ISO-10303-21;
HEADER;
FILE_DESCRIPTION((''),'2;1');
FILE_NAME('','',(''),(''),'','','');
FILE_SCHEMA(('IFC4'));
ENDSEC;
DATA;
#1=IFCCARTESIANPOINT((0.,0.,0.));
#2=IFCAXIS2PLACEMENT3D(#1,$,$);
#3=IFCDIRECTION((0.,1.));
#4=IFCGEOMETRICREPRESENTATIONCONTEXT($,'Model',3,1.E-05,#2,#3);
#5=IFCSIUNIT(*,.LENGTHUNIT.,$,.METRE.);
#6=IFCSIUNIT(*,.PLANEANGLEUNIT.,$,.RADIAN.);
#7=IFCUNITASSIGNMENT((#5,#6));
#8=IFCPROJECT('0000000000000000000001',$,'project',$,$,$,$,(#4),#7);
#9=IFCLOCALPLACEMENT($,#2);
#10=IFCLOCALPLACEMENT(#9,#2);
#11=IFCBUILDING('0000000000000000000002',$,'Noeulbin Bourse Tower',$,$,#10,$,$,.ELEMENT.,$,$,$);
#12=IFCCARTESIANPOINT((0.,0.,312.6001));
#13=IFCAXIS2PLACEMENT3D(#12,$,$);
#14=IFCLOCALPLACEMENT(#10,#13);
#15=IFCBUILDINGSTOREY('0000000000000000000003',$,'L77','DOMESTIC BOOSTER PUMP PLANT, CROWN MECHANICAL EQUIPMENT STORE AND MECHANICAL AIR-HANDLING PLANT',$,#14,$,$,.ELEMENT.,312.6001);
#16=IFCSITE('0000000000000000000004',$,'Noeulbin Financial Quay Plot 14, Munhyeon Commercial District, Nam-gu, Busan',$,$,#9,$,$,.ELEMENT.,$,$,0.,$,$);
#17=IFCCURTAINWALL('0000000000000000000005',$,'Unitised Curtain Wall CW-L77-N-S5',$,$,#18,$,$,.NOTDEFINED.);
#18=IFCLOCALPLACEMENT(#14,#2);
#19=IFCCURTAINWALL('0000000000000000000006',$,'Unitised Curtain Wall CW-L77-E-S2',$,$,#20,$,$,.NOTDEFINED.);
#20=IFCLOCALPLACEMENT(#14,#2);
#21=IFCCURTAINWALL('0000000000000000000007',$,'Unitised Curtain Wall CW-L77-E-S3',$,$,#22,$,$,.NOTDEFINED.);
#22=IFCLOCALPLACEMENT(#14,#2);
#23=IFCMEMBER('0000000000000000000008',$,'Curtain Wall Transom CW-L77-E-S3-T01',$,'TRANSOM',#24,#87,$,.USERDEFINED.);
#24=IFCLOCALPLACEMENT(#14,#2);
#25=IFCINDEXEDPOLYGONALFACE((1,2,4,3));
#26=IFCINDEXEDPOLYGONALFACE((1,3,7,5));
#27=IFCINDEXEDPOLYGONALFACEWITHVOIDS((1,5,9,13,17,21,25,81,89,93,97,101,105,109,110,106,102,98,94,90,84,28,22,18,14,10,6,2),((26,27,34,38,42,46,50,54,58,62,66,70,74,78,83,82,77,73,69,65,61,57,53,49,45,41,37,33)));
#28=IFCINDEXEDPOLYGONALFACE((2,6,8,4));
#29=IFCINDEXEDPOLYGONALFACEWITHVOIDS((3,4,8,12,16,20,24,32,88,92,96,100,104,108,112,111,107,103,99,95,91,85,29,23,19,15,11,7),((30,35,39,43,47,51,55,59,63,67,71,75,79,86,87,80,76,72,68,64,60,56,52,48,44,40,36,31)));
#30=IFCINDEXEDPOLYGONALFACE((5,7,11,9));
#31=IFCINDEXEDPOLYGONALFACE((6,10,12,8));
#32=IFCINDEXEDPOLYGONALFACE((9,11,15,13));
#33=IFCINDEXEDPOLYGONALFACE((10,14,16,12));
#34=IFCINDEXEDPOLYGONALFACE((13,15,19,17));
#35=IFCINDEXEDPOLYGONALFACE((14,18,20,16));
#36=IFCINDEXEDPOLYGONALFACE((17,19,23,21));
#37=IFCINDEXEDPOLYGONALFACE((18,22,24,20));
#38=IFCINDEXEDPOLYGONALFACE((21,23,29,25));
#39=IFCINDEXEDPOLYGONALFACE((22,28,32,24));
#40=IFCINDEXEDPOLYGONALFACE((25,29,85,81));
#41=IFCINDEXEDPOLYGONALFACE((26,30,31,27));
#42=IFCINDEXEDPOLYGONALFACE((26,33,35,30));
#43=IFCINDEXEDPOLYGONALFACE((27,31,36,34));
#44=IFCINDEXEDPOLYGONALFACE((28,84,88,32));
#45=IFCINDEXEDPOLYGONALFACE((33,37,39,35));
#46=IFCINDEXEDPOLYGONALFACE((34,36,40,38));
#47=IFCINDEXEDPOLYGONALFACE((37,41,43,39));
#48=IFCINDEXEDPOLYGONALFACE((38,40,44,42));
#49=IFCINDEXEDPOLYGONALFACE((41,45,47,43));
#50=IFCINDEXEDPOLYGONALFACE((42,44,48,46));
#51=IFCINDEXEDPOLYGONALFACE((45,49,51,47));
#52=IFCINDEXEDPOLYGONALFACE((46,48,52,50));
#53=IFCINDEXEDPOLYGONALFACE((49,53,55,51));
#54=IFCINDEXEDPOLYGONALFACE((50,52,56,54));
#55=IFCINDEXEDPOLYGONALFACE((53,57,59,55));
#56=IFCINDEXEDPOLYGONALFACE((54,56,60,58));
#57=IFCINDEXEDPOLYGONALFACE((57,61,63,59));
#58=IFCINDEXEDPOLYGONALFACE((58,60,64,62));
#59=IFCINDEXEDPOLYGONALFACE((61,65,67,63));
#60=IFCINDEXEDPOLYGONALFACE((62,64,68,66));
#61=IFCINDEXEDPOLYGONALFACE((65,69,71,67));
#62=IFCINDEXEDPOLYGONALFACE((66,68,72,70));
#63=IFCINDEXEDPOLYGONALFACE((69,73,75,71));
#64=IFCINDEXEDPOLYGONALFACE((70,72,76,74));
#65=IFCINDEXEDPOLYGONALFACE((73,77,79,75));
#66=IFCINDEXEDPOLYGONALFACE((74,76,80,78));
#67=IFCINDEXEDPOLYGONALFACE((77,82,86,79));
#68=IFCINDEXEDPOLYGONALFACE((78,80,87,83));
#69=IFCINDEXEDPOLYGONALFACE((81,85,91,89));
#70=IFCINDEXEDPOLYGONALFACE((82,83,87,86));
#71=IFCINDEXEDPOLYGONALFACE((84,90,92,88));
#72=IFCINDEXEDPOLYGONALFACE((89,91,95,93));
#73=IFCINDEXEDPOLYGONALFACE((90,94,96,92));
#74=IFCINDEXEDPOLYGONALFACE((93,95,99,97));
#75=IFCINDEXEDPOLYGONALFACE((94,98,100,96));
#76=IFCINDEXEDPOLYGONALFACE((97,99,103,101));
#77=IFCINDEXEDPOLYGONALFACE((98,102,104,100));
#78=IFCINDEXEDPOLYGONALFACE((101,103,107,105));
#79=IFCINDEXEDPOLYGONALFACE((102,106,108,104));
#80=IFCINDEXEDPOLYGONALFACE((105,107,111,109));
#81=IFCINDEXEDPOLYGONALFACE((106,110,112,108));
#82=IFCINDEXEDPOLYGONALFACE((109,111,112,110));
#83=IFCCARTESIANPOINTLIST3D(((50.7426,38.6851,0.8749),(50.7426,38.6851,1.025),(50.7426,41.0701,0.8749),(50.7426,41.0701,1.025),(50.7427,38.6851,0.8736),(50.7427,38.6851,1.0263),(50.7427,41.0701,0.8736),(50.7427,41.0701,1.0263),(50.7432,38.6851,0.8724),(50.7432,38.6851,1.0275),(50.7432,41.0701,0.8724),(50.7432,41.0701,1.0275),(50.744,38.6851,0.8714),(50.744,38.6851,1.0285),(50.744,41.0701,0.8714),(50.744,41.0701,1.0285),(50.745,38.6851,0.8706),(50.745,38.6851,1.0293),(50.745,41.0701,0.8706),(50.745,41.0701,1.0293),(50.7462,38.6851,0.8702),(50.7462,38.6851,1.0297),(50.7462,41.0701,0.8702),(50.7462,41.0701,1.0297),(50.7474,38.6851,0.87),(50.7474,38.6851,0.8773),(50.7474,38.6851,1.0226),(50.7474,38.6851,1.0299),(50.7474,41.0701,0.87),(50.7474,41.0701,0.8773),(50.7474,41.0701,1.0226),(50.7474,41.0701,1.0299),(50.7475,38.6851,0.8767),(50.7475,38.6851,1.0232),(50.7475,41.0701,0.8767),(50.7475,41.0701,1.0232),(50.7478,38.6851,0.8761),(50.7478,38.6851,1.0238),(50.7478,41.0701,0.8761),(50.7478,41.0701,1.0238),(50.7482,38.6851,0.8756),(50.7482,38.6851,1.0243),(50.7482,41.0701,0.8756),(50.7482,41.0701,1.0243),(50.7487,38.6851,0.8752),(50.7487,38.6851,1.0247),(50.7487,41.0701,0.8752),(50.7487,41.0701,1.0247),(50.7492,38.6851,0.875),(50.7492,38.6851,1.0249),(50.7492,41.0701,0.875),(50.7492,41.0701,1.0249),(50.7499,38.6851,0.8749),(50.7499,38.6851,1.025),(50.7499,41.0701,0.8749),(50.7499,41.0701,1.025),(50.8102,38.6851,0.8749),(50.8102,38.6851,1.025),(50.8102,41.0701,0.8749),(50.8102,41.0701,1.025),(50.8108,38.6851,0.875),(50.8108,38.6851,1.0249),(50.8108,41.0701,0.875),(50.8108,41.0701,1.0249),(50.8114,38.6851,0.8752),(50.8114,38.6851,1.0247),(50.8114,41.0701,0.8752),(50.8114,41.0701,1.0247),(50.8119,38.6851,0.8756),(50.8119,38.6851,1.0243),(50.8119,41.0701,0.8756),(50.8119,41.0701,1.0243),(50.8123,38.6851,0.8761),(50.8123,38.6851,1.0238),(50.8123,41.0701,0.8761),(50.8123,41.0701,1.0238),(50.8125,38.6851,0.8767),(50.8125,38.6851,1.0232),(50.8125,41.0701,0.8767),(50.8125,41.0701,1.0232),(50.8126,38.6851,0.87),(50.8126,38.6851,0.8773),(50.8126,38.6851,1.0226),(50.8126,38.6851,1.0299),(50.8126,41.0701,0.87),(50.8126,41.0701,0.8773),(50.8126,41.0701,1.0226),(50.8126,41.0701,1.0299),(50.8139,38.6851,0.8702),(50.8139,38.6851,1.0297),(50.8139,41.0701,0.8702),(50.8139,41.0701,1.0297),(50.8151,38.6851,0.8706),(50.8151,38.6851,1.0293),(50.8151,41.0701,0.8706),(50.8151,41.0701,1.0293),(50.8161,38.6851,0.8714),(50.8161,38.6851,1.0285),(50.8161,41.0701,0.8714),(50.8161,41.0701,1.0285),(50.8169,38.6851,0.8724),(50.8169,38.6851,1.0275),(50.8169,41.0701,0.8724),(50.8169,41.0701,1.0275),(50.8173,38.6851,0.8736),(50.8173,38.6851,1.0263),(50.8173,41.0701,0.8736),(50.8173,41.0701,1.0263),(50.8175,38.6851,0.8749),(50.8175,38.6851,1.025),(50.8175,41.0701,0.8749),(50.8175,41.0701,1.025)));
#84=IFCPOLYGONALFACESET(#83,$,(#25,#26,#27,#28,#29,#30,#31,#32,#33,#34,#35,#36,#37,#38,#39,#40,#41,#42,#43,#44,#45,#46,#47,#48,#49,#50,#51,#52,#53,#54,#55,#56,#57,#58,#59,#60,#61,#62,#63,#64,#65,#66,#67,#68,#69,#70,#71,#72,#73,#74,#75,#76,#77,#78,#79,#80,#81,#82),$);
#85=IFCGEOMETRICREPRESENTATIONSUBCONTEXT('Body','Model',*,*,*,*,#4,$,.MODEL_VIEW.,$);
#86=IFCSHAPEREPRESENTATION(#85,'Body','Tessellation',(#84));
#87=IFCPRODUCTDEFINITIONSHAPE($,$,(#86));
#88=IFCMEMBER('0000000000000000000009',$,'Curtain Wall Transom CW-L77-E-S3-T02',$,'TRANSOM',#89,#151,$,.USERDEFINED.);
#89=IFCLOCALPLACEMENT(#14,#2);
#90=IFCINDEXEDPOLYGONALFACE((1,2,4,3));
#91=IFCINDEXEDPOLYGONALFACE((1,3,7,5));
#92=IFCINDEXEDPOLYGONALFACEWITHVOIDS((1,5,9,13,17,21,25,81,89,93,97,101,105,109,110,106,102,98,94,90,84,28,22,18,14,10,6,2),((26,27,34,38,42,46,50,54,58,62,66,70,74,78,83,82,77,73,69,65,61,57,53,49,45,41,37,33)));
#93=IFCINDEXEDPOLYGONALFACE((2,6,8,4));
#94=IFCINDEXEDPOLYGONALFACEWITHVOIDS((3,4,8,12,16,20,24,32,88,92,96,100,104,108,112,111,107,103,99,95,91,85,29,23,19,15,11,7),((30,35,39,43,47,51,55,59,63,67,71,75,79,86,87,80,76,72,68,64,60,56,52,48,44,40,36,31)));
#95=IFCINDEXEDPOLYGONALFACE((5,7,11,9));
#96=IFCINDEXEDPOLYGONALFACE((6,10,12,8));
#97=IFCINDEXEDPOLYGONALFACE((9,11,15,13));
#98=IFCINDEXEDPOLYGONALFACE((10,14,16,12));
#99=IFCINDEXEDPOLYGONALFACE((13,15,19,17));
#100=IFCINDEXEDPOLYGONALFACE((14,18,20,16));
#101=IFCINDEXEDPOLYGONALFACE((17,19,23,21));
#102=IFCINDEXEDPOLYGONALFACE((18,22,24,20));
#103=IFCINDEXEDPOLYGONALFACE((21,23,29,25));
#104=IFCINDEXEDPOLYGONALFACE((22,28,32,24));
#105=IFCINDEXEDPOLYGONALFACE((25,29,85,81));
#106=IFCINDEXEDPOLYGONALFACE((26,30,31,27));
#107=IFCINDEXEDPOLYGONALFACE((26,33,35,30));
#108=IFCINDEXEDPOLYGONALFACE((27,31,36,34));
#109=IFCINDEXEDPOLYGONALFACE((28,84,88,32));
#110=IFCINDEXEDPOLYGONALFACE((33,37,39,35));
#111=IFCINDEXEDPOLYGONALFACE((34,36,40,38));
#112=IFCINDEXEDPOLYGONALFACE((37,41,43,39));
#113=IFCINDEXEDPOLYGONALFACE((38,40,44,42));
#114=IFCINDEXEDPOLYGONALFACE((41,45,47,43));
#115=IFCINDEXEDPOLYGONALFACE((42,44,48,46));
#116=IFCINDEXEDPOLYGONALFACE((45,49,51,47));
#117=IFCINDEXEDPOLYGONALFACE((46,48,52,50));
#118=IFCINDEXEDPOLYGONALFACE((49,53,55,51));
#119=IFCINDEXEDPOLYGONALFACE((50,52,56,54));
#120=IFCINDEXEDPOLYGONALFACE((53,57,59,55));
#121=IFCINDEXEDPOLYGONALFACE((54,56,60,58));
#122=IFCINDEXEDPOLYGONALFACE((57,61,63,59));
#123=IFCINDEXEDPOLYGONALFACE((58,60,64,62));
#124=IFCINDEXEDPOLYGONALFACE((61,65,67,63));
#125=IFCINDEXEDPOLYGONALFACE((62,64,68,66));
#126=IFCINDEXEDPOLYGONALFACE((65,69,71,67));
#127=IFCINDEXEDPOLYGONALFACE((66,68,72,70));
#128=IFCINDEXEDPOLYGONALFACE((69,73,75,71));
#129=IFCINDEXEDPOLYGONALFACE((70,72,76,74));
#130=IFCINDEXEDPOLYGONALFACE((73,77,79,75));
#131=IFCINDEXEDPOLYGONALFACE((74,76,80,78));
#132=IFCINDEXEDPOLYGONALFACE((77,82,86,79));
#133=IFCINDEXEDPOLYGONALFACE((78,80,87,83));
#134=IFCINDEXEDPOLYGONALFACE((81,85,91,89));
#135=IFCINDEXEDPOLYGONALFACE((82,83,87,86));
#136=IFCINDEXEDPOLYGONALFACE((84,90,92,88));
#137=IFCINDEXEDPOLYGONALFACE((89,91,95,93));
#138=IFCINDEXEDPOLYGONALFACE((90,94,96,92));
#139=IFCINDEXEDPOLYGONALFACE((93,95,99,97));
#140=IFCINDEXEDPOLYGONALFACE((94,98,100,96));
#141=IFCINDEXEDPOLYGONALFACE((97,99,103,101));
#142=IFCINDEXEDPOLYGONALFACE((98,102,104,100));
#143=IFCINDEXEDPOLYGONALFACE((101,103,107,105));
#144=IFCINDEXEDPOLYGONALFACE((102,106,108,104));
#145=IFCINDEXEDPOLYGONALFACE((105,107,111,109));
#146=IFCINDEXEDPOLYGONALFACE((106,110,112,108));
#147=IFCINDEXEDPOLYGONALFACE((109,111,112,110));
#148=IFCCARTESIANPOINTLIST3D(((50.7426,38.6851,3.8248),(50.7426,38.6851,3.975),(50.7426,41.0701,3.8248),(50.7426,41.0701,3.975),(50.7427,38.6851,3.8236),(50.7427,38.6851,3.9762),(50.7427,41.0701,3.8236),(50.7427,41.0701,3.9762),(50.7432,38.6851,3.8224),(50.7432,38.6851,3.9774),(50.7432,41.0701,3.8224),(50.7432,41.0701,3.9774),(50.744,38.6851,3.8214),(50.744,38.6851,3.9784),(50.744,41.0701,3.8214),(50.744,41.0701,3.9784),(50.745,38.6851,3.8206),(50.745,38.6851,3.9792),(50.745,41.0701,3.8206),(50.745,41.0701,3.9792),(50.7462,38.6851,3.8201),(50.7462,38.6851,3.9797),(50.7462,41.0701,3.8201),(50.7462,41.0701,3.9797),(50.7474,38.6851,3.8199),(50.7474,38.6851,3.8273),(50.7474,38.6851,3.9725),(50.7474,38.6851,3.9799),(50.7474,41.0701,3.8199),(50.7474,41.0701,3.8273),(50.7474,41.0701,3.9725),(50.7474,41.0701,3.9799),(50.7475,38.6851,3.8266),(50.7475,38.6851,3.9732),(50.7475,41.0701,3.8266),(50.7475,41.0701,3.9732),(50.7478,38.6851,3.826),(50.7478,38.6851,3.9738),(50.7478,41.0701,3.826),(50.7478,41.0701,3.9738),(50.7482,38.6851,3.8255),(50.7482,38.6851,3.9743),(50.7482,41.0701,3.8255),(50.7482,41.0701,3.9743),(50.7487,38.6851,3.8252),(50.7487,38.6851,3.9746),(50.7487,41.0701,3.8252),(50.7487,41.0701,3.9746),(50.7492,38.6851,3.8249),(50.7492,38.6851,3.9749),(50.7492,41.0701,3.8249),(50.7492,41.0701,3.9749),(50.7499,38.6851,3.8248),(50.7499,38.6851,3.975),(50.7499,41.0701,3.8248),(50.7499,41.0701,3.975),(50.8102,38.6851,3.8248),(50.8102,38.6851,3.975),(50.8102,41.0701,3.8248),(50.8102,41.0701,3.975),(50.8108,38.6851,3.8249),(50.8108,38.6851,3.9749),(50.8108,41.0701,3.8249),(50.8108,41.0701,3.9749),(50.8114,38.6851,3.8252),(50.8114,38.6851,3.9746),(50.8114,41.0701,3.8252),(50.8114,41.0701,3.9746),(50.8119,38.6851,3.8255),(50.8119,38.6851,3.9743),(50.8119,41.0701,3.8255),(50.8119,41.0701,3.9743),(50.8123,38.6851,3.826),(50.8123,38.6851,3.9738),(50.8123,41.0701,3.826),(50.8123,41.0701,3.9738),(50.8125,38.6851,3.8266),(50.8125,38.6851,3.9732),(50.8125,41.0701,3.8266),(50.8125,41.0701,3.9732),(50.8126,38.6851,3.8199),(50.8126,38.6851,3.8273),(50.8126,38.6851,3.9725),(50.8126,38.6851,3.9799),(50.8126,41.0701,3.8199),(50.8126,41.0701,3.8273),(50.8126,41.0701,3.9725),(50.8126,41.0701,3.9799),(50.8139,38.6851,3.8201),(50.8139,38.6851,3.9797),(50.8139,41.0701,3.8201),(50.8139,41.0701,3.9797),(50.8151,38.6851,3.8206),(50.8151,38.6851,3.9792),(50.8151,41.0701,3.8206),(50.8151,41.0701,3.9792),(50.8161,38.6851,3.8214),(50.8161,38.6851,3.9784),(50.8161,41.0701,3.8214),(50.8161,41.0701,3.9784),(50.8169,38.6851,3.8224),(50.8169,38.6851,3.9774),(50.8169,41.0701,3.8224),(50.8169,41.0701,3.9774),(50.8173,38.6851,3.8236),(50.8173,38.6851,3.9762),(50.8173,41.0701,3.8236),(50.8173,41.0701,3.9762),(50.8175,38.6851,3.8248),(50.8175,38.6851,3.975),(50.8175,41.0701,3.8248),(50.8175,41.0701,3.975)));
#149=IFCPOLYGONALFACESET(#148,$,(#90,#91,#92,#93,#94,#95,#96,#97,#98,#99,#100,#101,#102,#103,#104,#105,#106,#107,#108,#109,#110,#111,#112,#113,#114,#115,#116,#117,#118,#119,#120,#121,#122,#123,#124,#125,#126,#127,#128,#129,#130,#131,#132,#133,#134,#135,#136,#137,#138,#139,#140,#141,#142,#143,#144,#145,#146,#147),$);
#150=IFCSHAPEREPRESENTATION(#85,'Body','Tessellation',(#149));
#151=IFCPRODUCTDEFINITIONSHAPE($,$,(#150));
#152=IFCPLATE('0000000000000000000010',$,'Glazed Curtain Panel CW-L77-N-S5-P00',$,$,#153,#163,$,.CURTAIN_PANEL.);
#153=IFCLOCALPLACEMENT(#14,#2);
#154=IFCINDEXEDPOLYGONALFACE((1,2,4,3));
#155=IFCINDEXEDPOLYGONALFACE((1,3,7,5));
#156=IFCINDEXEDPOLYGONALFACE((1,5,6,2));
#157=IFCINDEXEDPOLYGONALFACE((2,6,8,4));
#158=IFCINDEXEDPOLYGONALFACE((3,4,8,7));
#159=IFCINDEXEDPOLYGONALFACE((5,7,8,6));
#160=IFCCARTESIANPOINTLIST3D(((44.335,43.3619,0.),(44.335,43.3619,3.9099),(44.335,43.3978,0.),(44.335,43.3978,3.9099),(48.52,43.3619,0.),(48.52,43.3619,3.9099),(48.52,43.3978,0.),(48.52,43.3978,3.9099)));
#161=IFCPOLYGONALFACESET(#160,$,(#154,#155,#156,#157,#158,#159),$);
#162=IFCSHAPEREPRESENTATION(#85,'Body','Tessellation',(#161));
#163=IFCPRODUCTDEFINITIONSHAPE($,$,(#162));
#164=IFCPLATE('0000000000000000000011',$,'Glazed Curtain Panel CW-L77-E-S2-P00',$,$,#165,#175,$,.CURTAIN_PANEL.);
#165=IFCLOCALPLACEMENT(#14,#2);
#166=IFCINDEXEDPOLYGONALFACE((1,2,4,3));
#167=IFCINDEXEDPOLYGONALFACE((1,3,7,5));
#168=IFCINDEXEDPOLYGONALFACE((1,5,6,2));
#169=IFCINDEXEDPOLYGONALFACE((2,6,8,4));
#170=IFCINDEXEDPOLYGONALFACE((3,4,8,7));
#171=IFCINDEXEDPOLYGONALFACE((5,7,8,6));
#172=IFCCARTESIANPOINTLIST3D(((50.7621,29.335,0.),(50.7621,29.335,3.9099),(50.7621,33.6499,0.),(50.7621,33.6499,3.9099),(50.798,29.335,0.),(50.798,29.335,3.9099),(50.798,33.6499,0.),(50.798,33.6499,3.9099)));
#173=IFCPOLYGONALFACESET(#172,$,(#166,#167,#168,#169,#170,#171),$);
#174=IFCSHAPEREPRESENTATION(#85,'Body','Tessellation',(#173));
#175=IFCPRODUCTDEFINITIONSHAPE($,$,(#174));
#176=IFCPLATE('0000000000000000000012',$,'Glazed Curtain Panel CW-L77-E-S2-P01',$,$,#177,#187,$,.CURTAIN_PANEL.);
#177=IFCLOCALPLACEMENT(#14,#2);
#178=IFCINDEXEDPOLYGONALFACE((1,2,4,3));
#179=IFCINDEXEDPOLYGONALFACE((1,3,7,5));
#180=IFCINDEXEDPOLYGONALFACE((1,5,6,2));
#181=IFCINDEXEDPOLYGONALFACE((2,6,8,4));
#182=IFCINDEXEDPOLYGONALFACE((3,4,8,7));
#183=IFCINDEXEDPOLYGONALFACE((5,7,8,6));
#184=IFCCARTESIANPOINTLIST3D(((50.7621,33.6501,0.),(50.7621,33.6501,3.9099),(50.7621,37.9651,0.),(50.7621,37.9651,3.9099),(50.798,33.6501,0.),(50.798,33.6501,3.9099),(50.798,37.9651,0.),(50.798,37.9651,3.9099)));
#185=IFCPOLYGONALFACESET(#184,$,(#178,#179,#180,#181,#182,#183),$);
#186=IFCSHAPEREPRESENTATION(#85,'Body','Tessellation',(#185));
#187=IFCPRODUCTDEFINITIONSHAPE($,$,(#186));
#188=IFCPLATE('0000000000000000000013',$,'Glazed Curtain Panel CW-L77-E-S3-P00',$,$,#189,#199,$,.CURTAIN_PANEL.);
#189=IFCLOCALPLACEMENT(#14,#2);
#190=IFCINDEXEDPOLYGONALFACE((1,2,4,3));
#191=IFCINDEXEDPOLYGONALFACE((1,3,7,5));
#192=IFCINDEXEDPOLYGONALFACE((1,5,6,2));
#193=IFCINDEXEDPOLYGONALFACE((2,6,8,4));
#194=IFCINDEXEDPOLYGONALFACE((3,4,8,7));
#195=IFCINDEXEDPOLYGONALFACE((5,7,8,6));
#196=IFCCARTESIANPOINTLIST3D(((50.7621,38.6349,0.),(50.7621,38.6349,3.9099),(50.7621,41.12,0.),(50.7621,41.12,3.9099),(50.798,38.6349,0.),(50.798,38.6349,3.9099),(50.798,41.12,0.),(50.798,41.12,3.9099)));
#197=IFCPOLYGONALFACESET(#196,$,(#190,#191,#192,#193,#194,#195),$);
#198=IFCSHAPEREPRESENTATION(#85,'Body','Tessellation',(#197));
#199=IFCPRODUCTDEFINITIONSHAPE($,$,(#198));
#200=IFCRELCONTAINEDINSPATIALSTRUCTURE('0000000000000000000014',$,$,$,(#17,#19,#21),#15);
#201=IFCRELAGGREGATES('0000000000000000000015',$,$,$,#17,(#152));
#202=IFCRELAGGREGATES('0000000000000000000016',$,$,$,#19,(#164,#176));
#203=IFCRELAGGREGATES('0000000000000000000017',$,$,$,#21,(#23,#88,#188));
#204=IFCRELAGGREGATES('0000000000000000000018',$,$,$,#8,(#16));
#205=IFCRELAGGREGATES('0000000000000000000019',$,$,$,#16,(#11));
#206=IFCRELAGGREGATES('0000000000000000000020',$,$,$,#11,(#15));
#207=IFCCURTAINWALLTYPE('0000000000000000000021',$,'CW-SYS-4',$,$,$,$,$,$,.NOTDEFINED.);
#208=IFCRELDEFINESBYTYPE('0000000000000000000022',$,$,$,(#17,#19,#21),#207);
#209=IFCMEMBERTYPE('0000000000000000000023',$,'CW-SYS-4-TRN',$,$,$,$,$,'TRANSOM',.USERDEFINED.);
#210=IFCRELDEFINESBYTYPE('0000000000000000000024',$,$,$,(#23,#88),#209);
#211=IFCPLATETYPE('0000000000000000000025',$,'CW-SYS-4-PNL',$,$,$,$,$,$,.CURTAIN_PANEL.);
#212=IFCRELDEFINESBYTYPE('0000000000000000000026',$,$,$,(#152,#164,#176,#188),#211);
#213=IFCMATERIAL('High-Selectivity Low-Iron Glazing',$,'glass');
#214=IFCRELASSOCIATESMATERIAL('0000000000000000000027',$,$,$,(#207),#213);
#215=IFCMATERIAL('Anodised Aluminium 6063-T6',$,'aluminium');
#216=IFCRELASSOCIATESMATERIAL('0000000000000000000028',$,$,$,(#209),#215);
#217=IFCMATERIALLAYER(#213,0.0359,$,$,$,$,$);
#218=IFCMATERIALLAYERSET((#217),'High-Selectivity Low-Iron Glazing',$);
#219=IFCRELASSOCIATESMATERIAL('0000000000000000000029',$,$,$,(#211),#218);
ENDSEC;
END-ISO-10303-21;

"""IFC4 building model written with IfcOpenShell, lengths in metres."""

from ifc_helpers import new_model, si_unit, direction, frame, origin, origin_2d, place, context, subcontext, project, spatial, rectangle, hollow_rectangle, extrude, material, layer, layer_set, material_profile, profile_set, type_object, element, aggregate, save


model = new_model("IFC4")

# Units and contexts
model_context = context("Model", 3, precision=1e-05, world=origin(), true_north=direction((0.0, 1.0)))
body_context = subcontext(model_context, "Body", "Model", "MODEL_VIEW")
ifc_project = project(units=[si_unit("LENGTHUNIT", "METRE"), si_unit("PLANEANGLEUNIT", "RADIAN")], contexts=[model_context])

# Site, building, storey
site_placement = place(None, origin())
site = spatial("IfcSite", under=ifc_project, at=site_placement, Name="Noeulbin Financial Quay Plot 14, Munhyeon Commercial District, Nam-gu, Busan", CompositionType="ELEMENT", RefElevation=0.0)
building_placement = place(site_placement, origin())
building = spatial("IfcBuilding", under=site, at=building_placement, Name="Noeulbin Bourse Tower", CompositionType="ELEMENT")
storey_placement = place(building_placement, frame((0.0, 0.0, 312.6001)))
storey = spatial("IfcBuildingStorey", under=building, at=storey_placement, Name="L77", Description="DOMESTIC BOOSTER PUMP PLANT, CROWN MECHANICAL EQUIPMENT STORE AND MECHANICAL AIR-HANDLING PLANT", CompositionType="ELEMENT", Elevation=312.6001)

# Shared definitions
ifc_material_1 = material(Name="High-Selectivity Low-Iron Glazing", Category="glass")
curtain_wall_type = type_object("IfcCurtainWallType", Name="CW-SYS-4", PredefinedType="NOTDEFINED", material=ifc_material_1)
ifc_material_2 = material(Name="Anodised Aluminium 6063-T6", Category="aluminium")

# Curtain walls
curtain_wall_1_placement = place(storey_placement, origin())
curtain_wall_1 = element("IfcCurtainWall", 1, at=curtain_wall_1_placement, inside=storey, type_object=curtain_wall_type, Name="Unitised Curtain Wall CW-L77-N-S5", PredefinedType="NOTDEFINED")
curtain_wall_2_placement = place(storey_placement, origin())
curtain_wall_2 = element("IfcCurtainWall", 2, at=curtain_wall_2_placement, inside=storey, type_object=curtain_wall_type, Name="Unitised Curtain Wall CW-L77-E-S2", PredefinedType="NOTDEFINED")
curtain_wall_3_placement = place(storey_placement, origin())
curtain_wall_3 = element("IfcCurtainWall", 3, at=curtain_wall_3_placement, inside=storey, type_object=curtain_wall_type, Name="Unitised Curtain Wall CW-L77-E-S3", PredefinedType="NOTDEFINED")

# Members
ifc_material_profile_1 = material_profile(ifc_material_2, hollow_rectangle(XDim=0.075, YDim=0.1599, WallThickness=0.0049, InnerFilletRadius=0.0024, OuterFilletRadius=0.0049, at=origin_2d()), Name="ALU-TRAN-75x160x5", Category="LoadBearing")
ifc_profile_set_1 = profile_set([ifc_material_profile_1], Name="Anodised Aluminium 6063-T6")
member_type_1 = type_object("IfcMemberType", Name="CW-SYS-4-TRN", ElementType="TRANSOM", PredefinedType="USERDEFINED", material=ifc_profile_set_1)
member_1_placement = place(storey_placement, frame((50.78, 38.6851, 0.95), z_axis=(0.0, 1.0, 0.0), x_axis=(-1.0, 0.0, 0.0)))
member_1 = element("IfcMember", 4, at=member_1_placement, type_object=member_type_1, Name="Curtain Wall Transom CW-L77-E-S3-T01", ObjectType="TRANSOM", PredefinedType="USERDEFINED", context=body_context, shape_type="SweptSolid", body=[
    extrude(hollow_rectangle(XDim=0.075, YDim=0.1599, WallThickness=0.0049, InnerFilletRadius=0.0024, OuterFilletRadius=0.0049, at=origin_2d()), origin(), (0.0, 0.0, 1.0), 2.385),
])
member_2_placement = place(storey_placement, frame((50.78, 38.6851, 3.8999), z_axis=(0.0, 1.0, 0.0), x_axis=(-1.0, 0.0, 0.0)))
member_2 = element("IfcMember", 5, at=member_2_placement, type_object=member_type_1, Name="Curtain Wall Transom CW-L77-E-S3-T02", ObjectType="TRANSOM", PredefinedType="USERDEFINED", context=body_context, shape_type="SweptSolid", body=[
    extrude(hollow_rectangle(XDim=0.075, YDim=0.1599, WallThickness=0.0049, InnerFilletRadius=0.0024, OuterFilletRadius=0.0049, at=origin_2d()), origin(), (0.0, 0.0, 1.0), 2.385),
])

# Plates
ifc_layer_1 = layer(ifc_material_1, 0.0359)
ifc_layer_set_1 = layer_set([ifc_layer_1], Name="High-Selectivity Low-Iron Glazing")
plate_type_1 = type_object("IfcPlateType", Name="CW-SYS-4-PNL", PredefinedType="CURTAIN_PANEL", material=ifc_layer_set_1)
plate_1_placement = place(storey_placement, frame((46.4275, 43.3799, 0.0), z_axis=(0.0, 0.0, 1.0), x_axis=(1.0, 0.0, 0.0)))
plate_1 = element("IfcPlate", 6, at=plate_1_placement, type_object=plate_type_1, Name="Glazed Curtain Panel CW-L77-N-S5-P00", PredefinedType="CURTAIN_PANEL", context=body_context, shape_type="SweptSolid", body=[
    extrude(rectangle(XDim=4.1851, YDim=0.0359, at=origin_2d()), origin(), (0.0, 0.0, 1.0), 3.9099),
])
aggregate(curtain_wall_1, [plate_1])
plate_2_placement = place(storey_placement, frame((50.78, 31.4924, 0.0), z_axis=(0.0, 0.0, 1.0), x_axis=(0.0, 1.0, 0.0)))
plate_2 = element("IfcPlate", 7, at=plate_2_placement, type_object=plate_type_1, Name="Glazed Curtain Panel CW-L77-E-S2-P00", PredefinedType="CURTAIN_PANEL", context=body_context, shape_type="SweptSolid", body=[
    extrude(rectangle(XDim=4.3149, YDim=0.0359, at=origin_2d()), origin(), (0.0, 0.0, 1.0), 3.9099),
])
plate_3_placement = place(storey_placement, frame((50.78, 35.8076, 0.0), z_axis=(0.0, 0.0, 1.0), x_axis=(0.0, 1.0, 0.0)))
plate_3 = element("IfcPlate", 8, at=plate_3_placement, type_object=plate_type_1, Name="Glazed Curtain Panel CW-L77-E-S2-P01", PredefinedType="CURTAIN_PANEL", context=body_context, shape_type="SweptSolid", body=[
    extrude(rectangle(XDim=4.3149, YDim=0.0359, at=origin_2d()), origin(), (0.0, 0.0, 1.0), 3.9099),
])
aggregate(curtain_wall_2, [plate_2, plate_3])
plate_4_placement = place(storey_placement, frame((50.78, 39.8774, 0.0), z_axis=(0.0, 0.0, 1.0), x_axis=(0.0, 1.0, 0.0)))
plate_4 = element("IfcPlate", 9, at=plate_4_placement, type_object=plate_type_1, Name="Glazed Curtain Panel CW-L77-E-S3-P00", PredefinedType="CURTAIN_PANEL", context=body_context, shape_type="SweptSolid", body=[
    extrude(rectangle(XDim=2.4851, YDim=0.0359, at=origin_2d()), origin(), (0.0, 0.0, 1.0), 3.9099),
])
aggregate(curtain_wall_3, [member_1, member_2, plate_4])

save(model, "model.ifc")
